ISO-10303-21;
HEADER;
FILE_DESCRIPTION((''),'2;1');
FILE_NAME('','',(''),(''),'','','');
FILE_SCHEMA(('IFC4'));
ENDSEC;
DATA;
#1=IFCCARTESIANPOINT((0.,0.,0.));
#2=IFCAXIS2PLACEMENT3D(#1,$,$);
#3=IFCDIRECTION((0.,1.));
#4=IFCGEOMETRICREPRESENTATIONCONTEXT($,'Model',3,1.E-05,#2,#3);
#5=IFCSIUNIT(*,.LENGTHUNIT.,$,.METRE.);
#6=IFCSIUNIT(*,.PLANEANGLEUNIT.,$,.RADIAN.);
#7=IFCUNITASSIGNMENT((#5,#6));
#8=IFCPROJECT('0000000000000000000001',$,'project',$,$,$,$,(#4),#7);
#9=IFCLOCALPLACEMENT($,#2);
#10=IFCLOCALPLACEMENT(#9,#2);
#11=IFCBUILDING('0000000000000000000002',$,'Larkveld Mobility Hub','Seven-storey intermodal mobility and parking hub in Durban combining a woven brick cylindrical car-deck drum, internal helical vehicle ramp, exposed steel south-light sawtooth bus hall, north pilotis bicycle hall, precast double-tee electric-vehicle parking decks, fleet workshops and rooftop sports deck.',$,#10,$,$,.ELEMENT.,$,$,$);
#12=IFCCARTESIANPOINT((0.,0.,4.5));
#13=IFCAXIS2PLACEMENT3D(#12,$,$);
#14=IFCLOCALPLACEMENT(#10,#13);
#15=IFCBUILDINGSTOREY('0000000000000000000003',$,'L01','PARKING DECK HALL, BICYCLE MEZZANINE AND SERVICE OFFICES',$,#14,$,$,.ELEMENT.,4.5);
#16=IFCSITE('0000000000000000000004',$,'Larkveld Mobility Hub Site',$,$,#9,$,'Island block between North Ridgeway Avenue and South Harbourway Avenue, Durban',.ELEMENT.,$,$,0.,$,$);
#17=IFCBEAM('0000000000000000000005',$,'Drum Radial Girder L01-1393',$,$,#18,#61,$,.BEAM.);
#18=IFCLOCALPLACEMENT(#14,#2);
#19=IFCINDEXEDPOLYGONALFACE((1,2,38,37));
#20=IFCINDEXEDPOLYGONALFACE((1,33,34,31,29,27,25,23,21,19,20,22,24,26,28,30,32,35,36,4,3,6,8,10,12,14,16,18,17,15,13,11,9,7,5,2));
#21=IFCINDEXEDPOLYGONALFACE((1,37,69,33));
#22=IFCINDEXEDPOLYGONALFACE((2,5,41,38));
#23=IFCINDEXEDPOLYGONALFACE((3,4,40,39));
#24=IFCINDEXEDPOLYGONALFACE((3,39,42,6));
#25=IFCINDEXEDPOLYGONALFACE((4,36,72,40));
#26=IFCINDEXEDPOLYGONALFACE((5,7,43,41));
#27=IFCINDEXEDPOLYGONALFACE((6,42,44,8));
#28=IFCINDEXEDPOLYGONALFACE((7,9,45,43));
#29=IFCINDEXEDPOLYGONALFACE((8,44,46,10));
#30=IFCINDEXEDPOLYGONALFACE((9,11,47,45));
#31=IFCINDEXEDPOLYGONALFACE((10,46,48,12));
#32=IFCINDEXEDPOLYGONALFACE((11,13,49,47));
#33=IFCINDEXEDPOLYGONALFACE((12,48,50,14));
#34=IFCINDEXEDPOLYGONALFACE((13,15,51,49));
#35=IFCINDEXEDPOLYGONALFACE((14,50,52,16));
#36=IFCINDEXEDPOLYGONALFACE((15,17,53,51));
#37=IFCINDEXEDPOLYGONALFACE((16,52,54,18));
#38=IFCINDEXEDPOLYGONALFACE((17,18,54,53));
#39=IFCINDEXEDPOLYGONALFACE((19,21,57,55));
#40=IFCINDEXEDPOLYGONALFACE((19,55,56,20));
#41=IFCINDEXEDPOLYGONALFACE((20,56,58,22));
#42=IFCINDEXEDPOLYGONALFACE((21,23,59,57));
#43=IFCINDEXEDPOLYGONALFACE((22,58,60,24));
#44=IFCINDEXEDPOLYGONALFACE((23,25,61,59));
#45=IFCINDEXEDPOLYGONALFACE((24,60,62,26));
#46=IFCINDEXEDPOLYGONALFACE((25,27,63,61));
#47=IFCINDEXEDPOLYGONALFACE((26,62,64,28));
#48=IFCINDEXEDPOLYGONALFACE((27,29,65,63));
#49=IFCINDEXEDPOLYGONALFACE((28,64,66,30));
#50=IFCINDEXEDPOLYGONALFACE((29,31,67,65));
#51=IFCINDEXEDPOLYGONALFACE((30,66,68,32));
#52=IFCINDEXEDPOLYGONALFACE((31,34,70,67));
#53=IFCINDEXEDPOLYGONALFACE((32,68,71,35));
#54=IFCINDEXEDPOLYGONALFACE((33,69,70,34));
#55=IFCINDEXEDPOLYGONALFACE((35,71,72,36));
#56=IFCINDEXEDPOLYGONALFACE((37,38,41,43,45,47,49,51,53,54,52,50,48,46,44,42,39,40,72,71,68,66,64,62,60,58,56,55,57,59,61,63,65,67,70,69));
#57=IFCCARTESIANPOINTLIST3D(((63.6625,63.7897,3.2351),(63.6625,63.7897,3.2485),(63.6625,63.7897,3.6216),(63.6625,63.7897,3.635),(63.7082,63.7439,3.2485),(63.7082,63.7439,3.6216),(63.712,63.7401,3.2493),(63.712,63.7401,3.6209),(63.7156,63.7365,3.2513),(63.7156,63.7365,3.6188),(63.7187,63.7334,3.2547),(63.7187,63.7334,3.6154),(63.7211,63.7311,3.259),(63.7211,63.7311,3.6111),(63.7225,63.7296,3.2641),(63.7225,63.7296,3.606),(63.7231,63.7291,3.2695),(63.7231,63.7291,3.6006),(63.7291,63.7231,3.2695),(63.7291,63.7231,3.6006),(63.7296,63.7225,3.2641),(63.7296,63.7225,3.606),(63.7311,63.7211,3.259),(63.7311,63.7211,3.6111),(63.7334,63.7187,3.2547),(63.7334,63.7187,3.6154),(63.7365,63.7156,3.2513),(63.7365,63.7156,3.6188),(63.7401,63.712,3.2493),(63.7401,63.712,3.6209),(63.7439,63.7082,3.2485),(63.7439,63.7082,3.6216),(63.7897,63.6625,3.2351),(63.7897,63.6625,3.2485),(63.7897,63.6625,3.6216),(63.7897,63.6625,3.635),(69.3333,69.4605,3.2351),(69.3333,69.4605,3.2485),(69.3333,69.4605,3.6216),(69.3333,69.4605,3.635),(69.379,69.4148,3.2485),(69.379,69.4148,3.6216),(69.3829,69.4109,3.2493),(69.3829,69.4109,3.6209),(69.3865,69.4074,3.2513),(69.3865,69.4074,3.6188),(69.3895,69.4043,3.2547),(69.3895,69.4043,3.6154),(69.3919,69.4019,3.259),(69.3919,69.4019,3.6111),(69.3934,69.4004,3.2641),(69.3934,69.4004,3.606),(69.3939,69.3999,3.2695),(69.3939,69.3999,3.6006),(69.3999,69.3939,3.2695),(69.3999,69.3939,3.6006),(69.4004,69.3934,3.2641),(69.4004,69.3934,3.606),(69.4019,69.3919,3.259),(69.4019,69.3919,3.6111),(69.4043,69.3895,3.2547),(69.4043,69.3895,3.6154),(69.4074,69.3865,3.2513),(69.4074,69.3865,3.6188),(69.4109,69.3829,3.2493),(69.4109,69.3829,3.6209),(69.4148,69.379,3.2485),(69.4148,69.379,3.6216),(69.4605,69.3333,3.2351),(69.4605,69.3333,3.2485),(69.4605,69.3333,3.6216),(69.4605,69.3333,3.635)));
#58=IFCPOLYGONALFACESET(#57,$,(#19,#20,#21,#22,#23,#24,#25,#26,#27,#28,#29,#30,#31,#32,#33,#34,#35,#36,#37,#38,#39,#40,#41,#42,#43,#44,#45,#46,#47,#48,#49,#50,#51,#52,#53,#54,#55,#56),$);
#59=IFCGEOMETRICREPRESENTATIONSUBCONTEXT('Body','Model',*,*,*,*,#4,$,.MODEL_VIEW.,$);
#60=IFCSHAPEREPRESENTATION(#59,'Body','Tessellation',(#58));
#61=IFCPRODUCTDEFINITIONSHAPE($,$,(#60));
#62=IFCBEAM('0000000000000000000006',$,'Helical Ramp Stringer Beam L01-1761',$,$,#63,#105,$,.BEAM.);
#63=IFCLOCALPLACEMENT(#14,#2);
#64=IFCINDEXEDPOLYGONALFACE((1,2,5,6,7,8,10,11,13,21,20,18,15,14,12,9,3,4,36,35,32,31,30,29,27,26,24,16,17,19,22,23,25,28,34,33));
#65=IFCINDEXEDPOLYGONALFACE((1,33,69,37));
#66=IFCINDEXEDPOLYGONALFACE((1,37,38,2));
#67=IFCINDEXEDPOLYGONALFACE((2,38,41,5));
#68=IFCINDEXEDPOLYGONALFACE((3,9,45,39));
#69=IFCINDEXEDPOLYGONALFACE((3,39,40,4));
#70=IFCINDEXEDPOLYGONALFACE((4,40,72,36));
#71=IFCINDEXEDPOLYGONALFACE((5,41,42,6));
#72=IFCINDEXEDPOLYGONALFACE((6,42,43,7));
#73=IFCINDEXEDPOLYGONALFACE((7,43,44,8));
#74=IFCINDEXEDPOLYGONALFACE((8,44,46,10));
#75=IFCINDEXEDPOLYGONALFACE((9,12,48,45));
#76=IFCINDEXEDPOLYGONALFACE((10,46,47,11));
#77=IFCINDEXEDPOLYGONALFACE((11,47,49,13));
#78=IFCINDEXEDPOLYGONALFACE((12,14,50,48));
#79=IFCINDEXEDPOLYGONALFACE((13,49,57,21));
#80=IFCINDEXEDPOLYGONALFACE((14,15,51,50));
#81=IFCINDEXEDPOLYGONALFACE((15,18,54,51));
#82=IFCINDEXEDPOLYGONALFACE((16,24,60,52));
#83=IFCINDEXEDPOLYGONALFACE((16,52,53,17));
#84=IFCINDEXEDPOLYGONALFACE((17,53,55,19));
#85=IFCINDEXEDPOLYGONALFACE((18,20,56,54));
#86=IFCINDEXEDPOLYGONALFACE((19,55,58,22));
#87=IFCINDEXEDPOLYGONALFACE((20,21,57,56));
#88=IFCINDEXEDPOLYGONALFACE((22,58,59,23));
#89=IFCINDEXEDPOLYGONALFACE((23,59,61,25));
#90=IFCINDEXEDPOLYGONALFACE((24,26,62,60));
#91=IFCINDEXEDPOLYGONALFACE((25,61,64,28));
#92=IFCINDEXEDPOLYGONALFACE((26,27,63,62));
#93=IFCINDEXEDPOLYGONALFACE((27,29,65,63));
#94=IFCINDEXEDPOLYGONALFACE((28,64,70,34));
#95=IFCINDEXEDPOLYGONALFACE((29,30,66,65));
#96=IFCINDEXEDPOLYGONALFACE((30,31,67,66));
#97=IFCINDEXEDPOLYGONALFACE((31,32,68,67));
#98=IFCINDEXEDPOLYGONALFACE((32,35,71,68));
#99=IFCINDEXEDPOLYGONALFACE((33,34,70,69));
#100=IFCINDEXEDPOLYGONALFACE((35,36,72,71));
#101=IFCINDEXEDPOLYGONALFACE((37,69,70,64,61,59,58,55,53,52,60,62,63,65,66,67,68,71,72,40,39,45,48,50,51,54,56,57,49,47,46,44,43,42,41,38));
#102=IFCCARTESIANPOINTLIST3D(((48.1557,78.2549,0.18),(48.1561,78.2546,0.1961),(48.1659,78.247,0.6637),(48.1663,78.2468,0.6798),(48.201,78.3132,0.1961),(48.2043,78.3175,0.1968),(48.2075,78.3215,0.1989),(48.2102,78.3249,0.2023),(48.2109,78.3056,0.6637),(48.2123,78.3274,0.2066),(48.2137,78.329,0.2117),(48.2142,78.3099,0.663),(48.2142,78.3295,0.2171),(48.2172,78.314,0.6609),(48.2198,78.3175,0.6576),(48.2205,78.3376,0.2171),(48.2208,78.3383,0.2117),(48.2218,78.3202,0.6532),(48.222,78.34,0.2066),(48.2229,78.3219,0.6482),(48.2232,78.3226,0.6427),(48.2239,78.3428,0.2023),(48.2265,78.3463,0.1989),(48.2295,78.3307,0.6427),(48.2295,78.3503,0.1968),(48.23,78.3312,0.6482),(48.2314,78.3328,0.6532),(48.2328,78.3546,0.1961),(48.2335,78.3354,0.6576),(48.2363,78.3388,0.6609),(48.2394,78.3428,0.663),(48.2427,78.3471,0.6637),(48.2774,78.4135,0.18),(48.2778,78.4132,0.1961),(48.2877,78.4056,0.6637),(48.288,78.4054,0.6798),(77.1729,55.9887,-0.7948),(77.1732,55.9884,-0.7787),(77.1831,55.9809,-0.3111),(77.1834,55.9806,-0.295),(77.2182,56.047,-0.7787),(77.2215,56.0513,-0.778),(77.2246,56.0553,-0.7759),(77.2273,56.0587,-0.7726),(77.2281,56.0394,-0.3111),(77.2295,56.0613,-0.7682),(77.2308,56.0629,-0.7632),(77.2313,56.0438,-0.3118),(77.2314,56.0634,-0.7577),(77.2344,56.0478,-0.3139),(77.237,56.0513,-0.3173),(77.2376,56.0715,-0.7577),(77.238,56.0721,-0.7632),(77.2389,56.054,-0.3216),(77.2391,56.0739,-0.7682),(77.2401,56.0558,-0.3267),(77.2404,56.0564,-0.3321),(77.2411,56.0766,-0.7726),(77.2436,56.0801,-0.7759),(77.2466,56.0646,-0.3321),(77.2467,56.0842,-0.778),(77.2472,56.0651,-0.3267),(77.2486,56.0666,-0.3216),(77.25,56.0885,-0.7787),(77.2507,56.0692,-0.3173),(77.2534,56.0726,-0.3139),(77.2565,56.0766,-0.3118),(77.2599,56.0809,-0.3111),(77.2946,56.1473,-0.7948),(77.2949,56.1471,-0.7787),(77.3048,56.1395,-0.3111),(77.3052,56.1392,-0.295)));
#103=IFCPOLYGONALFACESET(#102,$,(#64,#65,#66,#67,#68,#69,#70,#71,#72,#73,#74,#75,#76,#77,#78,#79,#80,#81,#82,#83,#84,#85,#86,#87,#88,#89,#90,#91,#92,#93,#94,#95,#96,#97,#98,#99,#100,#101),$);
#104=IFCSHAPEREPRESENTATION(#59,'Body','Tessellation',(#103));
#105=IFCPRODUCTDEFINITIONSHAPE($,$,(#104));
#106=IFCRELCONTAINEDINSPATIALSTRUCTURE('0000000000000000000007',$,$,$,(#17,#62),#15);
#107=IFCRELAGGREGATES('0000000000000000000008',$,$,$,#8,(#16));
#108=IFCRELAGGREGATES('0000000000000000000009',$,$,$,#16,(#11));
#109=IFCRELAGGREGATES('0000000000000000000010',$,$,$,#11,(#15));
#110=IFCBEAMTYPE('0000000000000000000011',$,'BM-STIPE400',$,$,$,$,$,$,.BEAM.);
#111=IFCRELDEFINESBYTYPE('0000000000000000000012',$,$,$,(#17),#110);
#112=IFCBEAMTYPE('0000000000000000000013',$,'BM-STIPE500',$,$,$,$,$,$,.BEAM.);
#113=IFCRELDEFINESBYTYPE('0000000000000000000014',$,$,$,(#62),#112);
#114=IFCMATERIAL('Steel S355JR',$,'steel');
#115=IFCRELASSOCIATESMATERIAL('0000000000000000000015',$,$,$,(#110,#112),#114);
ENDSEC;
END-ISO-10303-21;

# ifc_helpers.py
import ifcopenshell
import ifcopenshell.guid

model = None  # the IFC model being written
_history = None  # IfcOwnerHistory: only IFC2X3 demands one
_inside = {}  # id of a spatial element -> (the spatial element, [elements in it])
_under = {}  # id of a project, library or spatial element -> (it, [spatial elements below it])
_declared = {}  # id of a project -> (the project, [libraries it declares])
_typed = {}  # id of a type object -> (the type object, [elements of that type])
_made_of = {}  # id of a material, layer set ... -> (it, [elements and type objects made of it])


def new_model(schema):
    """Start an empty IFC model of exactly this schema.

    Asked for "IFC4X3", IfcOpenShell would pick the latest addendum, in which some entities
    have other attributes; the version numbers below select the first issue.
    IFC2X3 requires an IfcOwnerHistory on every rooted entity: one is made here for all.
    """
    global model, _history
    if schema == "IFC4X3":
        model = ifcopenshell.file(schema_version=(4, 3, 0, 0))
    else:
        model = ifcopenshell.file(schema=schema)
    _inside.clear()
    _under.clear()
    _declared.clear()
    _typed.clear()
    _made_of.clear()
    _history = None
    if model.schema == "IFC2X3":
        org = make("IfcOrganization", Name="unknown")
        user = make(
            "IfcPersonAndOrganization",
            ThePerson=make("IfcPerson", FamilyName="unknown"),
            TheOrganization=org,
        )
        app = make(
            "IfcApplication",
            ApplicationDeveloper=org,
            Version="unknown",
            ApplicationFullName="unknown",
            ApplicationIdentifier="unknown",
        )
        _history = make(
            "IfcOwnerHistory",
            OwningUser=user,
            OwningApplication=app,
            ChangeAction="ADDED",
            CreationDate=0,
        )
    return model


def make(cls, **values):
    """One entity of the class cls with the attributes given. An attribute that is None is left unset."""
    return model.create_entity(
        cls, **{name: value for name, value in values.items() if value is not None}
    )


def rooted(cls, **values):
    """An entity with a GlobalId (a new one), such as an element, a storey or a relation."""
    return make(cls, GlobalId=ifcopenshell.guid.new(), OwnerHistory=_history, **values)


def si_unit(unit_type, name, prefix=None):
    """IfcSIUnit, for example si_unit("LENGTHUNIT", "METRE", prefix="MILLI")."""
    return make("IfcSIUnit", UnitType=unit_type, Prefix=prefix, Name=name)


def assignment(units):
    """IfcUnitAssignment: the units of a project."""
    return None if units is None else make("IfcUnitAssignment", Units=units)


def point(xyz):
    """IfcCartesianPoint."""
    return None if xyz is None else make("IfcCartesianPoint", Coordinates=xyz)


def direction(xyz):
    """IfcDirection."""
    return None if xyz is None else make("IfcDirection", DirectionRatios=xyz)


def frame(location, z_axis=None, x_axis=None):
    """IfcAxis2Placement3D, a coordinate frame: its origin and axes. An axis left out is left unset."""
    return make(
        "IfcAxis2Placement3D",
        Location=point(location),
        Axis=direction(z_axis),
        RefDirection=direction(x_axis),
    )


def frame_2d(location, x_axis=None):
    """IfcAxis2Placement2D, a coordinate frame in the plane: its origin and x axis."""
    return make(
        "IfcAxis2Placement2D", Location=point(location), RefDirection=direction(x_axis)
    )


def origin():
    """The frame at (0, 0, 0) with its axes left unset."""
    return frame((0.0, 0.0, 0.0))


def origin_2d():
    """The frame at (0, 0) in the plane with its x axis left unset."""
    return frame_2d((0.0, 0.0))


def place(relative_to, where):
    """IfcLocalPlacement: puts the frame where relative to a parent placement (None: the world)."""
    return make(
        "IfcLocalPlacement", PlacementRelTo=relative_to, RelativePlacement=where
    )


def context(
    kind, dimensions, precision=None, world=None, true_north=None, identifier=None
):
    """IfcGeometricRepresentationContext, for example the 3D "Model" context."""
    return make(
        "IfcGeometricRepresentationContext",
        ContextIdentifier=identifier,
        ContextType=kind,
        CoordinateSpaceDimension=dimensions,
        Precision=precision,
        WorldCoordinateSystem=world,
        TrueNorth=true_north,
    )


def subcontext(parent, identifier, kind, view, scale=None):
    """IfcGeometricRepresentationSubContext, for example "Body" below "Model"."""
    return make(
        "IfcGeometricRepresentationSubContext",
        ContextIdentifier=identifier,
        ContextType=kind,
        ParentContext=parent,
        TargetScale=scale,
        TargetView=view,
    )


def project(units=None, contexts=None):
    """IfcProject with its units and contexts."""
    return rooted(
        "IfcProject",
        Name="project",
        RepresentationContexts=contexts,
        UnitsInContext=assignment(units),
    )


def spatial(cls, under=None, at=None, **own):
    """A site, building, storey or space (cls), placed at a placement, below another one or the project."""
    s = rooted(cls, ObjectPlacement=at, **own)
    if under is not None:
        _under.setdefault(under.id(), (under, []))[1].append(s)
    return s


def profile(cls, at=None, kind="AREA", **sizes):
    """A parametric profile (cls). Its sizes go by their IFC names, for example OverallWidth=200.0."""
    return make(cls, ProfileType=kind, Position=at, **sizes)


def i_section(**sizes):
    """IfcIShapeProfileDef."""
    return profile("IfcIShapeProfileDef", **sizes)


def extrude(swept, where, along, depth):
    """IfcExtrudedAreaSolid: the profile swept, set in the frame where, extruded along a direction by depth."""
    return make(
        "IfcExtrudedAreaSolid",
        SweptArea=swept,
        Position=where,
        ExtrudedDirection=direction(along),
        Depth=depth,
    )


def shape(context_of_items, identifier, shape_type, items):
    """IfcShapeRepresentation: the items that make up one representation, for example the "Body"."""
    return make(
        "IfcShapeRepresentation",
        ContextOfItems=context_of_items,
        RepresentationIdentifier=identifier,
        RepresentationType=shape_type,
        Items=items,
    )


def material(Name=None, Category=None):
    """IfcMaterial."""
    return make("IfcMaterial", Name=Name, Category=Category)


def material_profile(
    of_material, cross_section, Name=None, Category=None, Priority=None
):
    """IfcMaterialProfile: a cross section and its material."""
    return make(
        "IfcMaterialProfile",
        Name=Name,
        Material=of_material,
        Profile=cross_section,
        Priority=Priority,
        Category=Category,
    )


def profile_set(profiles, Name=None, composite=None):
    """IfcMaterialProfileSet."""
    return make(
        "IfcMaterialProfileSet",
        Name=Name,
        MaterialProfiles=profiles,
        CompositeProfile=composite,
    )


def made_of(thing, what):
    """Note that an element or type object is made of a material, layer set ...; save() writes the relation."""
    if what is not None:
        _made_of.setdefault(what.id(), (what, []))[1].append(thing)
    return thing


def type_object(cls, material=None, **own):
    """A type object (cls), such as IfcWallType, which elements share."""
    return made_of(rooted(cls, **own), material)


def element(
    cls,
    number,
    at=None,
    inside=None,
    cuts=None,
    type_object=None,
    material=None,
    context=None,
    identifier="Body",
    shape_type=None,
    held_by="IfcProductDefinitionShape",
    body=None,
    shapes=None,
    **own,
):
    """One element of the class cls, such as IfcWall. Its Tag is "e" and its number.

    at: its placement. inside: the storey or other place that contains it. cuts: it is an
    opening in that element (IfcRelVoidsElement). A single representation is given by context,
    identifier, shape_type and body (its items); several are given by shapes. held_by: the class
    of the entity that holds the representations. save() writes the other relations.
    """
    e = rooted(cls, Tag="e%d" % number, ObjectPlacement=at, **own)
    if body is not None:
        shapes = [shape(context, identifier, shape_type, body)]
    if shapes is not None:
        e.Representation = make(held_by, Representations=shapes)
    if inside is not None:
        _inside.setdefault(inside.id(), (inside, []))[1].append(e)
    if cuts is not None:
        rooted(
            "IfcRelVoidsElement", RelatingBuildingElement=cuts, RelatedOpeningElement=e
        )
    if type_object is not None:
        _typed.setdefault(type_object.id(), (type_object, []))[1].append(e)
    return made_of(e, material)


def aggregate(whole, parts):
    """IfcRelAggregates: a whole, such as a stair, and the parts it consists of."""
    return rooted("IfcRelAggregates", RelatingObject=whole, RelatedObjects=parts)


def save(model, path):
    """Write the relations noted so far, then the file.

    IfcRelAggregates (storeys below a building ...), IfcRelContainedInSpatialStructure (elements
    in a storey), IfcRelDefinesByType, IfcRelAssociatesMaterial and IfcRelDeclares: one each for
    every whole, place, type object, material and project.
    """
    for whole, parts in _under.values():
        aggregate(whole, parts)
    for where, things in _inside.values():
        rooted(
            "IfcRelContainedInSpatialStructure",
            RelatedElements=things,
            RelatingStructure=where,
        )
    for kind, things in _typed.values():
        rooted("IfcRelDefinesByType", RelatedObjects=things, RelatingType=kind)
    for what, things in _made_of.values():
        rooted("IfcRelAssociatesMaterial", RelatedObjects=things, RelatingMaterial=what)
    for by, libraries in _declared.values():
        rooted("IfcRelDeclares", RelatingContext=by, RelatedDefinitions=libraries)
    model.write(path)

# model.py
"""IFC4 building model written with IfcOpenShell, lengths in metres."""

from ifc_helpers import new_model, si_unit, direction, frame, origin, origin_2d, place, context, subcontext, project, spatial, i_section, extrude, material, material_profile, profile_set, type_object, element, save


model = new_model("IFC4")

# Units and contexts
model_context = context("Model", 3, precision=1e-05, world=origin(), true_north=direction((0.0, 1.0)))
body_context = subcontext(model_context, "Body", "Model", "MODEL_VIEW")
ifc_project = project(units=[si_unit("LENGTHUNIT", "METRE"), si_unit("PLANEANGLEUNIT", "RADIAN")], contexts=[model_context])

# Site, building, storey
site_placement = place(None, origin())
site = spatial("IfcSite", under=ifc_project, at=site_placement, Name="Larkveld Mobility Hub Site", LongName="Island block between North Ridgeway Avenue and South Harbourway Avenue, Durban", CompositionType="ELEMENT", RefElevation=0.0)
building_placement = place(site_placement, origin())
building = spatial("IfcBuilding", under=site, at=building_placement, Name="Larkveld Mobility Hub", Description="Seven-storey intermodal mobility and parking hub in Durban combining a woven brick cylindrical car-deck drum, internal helical vehicle ramp, exposed steel south-light sawtooth bus hall, north pilotis bicycle hall, precast double-tee electric-vehicle parking decks, fleet workshops and rooftop sports deck.", CompositionType="ELEMENT")
storey_placement = place(building_placement, frame((0.0, 0.0, 4.5)))
storey = spatial("IfcBuildingStorey", under=building, at=storey_placement, Name="L01", Description="PARKING DECK HALL, BICYCLE MEZZANINE AND SERVICE OFFICES", CompositionType="ELEMENT", Elevation=4.5)

# Beams
ifc_material_1 = material(Name="Steel S355JR", Category="steel")
ifc_material_profile_1 = material_profile(ifc_material_1, i_section(OverallWidth=0.1799, OverallDepth=0.3999, WebThickness=0.0085, FlangeThickness=0.0134, FilletRadius=0.021, at=origin_2d()), Name="IPE 400")
ifc_profile_set_1 = profile_set([ifc_material_profile_1], Name="Steel S355JR")
beam_type_1 = type_object("IfcBeamType", Name="BM-STIPE400", PredefinedType="BEAM", material=ifc_profile_set_1)
beam_1_placement = place(storey_placement, frame((63.7261, 63.7261, 3.4351), z_axis=(0.707107, 0.707107, 0.0), x_axis=(-0.707107, 0.707107, 0.0)))
element("IfcBeam", 1, at=beam_1_placement, inside=storey, type_object=beam_type_1, Name="Drum Radial Girder L01-1393", PredefinedType="BEAM", context=body_context, shape_type="SweptSolid", body=[
    extrude(i_section(OverallWidth=0.1799, OverallDepth=0.3999, WebThickness=0.0085, FlangeThickness=0.0134, FilletRadius=0.021, at=origin_2d()), origin(), (0.0, 0.0, 1.0), 8.0198),
])
ifc_material_profile_2 = material_profile(ifc_material_1, i_section(OverallWidth=0.2, OverallDepth=0.5, WebThickness=0.0103, FlangeThickness=0.0161, FilletRadius=0.021, at=origin_2d()), Name="IPE 500")
ifc_profile_set_2 = profile_set([ifc_material_profile_2], Name="Steel S355JR")
beam_type_2 = type_object("IfcBeamType", Name="BM-STIPE500", PredefinedType="BEAM", material=ifc_profile_set_2)
beam_2_placement = place(storey_placement, frame((77.239, 56.064, -0.5449), z_axis=(-0.793065, 0.608554, 0.026644), x_axis=(-0.60877, -0.793347, 0.0)))
element("IfcBeam", 2, at=beam_2_placement, inside=storey, type_object=beam_type_2, Name="Helical Ramp Stringer Beam L01-1761", PredefinedType="BEAM", context=body_context, shape_type="SweptSolid", body=[
    extrude(i_section(OverallWidth=0.2, OverallDepth=0.5, WebThickness=0.0103, FlangeThickness=0.0161, FilletRadius=0.021, at=origin_2d()), origin(), (0.0, 0.0, 1.0), 36.5886),
])

save(model, "model.ifc")
